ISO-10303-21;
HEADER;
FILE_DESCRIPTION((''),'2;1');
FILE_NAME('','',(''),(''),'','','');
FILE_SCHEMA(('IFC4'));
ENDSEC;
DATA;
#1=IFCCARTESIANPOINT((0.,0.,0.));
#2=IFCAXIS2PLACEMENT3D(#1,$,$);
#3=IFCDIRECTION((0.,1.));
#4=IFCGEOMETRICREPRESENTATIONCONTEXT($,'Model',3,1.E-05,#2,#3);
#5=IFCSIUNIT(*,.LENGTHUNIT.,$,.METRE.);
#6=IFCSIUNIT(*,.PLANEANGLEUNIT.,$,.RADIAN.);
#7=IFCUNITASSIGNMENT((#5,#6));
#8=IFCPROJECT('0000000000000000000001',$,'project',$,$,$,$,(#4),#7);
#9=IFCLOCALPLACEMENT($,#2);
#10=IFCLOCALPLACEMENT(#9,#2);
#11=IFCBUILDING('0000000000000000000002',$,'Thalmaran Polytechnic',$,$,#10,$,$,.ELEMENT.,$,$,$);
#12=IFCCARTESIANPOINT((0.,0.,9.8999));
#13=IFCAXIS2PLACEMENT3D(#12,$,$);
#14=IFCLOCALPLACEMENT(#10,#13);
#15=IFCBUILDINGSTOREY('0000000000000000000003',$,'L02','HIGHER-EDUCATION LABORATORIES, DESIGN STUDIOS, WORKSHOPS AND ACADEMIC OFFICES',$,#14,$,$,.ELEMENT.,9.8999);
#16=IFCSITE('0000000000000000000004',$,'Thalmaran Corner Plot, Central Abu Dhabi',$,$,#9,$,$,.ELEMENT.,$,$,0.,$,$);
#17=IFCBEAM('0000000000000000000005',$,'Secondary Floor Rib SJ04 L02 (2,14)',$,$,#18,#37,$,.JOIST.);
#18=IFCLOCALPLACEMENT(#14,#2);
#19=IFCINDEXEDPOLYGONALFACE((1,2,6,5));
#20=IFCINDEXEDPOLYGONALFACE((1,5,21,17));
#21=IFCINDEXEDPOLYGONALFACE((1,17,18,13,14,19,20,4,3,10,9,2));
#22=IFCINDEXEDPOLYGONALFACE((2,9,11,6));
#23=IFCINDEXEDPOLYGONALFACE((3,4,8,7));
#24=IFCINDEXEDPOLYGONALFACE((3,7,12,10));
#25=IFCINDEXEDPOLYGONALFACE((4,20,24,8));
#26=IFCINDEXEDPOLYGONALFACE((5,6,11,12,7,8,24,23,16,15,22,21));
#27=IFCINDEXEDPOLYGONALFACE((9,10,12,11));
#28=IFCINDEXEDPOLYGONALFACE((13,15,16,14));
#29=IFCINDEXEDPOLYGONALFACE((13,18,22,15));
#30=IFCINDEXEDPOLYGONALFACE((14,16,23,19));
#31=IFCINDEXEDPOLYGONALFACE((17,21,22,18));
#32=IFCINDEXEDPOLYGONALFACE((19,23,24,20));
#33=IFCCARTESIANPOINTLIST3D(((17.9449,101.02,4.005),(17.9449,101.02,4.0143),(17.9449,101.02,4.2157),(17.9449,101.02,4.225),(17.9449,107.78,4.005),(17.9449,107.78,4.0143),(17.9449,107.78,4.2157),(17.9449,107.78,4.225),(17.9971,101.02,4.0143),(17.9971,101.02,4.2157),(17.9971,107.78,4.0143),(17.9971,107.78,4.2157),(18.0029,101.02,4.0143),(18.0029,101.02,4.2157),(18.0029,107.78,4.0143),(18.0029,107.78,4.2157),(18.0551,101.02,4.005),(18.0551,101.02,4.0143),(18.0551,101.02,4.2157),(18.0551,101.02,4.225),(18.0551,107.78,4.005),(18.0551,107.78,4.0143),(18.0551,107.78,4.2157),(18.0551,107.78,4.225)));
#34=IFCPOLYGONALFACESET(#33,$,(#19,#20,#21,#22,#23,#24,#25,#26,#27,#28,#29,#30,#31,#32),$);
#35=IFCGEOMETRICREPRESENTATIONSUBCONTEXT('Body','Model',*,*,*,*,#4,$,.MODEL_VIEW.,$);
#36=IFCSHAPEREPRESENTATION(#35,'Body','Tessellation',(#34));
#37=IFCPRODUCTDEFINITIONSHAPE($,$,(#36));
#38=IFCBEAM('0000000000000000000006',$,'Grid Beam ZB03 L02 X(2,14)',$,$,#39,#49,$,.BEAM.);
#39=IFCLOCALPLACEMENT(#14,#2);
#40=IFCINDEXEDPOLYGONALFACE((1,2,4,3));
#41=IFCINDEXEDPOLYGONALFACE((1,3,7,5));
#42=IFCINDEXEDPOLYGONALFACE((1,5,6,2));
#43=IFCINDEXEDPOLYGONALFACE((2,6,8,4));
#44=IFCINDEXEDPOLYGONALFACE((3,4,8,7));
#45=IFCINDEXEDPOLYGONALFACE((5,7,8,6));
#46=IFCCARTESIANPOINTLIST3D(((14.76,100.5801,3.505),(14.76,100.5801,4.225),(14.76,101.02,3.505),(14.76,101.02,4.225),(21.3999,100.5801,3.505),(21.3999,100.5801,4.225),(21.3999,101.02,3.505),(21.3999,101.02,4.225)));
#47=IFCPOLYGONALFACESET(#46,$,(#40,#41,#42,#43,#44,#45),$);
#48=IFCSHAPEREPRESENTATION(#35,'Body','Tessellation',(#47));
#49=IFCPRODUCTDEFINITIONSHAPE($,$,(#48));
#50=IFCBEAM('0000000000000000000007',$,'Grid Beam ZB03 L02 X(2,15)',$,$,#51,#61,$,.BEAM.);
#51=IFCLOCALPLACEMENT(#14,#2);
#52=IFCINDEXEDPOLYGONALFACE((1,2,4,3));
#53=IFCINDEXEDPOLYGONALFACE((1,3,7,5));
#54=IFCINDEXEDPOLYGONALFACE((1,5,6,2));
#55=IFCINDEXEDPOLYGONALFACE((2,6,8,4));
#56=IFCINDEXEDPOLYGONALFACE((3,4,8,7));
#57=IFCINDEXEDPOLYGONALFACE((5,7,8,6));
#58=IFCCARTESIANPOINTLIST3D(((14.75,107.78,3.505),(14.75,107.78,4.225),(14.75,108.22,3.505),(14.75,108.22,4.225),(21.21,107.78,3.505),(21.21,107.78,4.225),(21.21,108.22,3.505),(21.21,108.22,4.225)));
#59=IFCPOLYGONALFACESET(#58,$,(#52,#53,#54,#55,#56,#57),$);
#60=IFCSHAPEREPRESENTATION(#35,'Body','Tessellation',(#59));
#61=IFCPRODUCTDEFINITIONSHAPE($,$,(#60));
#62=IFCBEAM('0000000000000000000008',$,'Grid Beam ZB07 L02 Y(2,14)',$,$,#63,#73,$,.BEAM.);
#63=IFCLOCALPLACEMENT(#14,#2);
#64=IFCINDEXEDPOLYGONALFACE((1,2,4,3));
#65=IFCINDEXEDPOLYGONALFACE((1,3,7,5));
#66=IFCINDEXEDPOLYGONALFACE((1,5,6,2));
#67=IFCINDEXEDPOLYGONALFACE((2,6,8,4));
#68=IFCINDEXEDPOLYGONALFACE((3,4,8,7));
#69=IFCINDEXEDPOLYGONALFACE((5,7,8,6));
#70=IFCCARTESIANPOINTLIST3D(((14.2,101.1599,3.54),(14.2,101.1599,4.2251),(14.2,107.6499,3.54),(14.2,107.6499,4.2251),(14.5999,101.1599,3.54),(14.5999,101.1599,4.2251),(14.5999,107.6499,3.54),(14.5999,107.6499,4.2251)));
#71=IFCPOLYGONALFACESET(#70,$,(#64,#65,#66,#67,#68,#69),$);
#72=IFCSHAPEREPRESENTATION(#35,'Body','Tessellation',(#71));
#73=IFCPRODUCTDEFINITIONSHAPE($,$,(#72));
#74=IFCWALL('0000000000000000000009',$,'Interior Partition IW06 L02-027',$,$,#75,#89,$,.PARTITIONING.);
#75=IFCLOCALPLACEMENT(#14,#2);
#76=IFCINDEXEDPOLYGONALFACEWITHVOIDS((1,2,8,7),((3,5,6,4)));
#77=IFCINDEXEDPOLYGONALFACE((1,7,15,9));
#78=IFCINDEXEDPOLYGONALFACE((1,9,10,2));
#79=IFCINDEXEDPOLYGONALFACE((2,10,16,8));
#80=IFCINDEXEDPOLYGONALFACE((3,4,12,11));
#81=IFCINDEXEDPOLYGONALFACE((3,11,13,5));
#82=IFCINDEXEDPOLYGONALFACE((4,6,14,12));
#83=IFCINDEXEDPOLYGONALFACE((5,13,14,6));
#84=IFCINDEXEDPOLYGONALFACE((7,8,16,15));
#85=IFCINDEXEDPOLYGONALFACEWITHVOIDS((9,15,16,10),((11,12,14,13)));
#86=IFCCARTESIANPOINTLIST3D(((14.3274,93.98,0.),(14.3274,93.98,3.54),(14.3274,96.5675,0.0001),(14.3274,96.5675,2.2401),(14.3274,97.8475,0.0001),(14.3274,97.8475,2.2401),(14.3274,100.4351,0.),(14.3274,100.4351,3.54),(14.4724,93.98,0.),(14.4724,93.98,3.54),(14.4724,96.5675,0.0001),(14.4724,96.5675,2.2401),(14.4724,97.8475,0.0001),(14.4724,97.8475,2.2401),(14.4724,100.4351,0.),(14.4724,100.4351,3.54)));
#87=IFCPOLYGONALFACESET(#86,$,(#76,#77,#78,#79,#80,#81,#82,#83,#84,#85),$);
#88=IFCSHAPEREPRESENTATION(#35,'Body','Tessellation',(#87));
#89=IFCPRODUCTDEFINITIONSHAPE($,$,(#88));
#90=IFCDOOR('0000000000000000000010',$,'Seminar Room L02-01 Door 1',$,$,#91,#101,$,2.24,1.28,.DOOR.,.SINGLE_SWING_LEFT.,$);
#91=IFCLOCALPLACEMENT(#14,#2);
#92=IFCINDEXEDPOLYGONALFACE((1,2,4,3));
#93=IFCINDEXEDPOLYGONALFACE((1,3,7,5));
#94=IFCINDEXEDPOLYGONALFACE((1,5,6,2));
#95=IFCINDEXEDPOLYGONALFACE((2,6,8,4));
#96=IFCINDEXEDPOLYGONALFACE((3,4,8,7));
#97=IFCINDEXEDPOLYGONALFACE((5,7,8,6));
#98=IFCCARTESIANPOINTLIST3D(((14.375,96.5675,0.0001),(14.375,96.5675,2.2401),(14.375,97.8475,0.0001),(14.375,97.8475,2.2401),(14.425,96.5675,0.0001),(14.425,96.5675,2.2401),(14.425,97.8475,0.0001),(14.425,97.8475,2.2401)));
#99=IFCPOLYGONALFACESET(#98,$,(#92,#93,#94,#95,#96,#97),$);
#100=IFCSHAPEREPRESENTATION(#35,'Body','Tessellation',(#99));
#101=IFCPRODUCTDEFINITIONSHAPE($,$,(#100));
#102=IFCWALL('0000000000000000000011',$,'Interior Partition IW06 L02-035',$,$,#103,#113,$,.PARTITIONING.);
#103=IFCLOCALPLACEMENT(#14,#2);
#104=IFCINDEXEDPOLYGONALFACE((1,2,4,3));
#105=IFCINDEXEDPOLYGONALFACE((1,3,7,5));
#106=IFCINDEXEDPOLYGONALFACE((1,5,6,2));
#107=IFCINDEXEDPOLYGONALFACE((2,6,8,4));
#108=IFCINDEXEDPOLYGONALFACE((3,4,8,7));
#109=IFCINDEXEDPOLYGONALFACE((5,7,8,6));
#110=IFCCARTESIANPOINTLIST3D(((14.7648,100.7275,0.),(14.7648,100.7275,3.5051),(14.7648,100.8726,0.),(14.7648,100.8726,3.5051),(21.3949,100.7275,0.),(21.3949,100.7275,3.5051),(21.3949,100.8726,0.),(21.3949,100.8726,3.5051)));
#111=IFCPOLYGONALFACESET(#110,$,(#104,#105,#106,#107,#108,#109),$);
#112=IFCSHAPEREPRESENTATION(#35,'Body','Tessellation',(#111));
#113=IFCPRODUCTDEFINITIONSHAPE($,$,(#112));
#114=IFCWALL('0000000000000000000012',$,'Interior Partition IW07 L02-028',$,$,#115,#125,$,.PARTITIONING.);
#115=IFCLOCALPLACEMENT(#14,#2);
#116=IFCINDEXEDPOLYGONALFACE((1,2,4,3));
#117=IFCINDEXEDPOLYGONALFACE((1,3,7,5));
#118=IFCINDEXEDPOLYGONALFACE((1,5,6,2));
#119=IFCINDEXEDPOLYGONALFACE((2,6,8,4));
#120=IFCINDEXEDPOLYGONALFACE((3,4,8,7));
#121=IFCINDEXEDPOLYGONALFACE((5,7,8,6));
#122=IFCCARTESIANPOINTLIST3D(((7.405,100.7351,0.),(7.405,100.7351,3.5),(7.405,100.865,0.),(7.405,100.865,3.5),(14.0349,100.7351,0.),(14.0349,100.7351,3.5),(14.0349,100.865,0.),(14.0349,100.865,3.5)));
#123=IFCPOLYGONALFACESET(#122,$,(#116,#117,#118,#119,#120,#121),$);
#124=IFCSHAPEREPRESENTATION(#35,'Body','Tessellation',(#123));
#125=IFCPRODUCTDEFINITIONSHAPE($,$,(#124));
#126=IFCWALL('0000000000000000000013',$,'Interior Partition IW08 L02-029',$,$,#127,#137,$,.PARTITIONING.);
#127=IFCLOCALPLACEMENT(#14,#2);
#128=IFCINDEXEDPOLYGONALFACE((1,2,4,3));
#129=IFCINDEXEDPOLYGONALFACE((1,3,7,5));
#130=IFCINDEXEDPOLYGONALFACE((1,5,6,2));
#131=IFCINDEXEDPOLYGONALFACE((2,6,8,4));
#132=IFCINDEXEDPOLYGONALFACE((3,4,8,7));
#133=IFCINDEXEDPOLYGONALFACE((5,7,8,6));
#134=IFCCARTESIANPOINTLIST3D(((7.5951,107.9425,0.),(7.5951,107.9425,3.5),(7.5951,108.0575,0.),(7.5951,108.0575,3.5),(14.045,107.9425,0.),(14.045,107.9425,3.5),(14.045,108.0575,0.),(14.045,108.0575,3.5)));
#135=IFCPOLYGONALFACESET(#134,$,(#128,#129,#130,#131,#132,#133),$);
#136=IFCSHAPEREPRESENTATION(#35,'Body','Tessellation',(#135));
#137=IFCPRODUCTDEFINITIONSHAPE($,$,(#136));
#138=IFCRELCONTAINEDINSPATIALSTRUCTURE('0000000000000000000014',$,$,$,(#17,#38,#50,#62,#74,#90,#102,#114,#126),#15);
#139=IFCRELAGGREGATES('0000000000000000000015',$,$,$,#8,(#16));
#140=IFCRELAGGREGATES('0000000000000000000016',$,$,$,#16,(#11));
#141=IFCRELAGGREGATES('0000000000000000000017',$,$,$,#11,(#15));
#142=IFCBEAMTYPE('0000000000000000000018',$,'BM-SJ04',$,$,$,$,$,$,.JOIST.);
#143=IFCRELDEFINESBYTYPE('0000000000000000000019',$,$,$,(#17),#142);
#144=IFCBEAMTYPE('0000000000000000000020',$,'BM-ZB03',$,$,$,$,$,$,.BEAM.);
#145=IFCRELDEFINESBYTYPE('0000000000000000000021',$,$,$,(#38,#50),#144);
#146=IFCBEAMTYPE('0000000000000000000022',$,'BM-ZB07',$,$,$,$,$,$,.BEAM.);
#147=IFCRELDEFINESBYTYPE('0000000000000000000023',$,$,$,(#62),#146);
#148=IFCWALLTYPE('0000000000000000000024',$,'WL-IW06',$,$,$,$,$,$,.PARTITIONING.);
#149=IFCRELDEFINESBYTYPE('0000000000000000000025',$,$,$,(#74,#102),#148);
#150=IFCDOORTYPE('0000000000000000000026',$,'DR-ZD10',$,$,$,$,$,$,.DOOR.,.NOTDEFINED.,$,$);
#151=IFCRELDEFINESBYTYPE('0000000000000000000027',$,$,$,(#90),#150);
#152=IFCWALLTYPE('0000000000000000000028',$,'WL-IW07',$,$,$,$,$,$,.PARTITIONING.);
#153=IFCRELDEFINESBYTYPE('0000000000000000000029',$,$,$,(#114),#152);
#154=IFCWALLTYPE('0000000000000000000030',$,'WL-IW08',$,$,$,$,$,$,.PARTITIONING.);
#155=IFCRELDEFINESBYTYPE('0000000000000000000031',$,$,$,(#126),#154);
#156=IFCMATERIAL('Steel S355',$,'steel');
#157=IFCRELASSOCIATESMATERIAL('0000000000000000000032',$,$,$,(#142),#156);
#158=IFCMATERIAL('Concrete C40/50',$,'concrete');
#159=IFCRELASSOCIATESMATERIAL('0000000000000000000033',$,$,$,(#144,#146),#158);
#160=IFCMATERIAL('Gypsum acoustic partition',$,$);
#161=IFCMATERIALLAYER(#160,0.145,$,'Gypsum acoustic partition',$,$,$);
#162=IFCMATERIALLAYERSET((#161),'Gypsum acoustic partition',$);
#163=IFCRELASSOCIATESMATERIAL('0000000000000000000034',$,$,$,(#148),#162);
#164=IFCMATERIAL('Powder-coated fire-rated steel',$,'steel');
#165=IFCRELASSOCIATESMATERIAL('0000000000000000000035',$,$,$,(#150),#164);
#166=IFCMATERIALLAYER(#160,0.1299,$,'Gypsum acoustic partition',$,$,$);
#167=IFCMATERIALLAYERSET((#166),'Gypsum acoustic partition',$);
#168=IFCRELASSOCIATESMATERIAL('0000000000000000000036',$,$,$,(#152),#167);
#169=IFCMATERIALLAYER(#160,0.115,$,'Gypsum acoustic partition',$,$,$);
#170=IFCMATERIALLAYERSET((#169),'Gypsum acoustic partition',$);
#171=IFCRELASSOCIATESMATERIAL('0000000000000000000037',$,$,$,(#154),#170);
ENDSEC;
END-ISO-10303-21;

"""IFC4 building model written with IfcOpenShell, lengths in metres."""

from ifc_helpers import new_model, si_unit, direction, frame, frame_2d, origin, origin_2d, place, context, subcontext, project, spatial, rectangle, i_section, extrude, material, layer, layer_set, material_profile, profile_set, type_object, element, fill, save


model = new_model("IFC4")

# Units and contexts
model_context = context("Model", 3, precision=1e-05, world=origin(), true_north=direction((0.0, 1.0)))
body_context = subcontext(model_context, "Body", "Model", "MODEL_VIEW")
ifc_project = project(units=[si_unit("LENGTHUNIT", "METRE"), si_unit("PLANEANGLEUNIT", "RADIAN")], contexts=[model_context])

# Site, building, storey
site_placement = place(None, origin())
site = spatial("IfcSite", under=ifc_project, at=site_placement, Name="Thalmaran Corner Plot, Central Abu Dhabi", CompositionType="ELEMENT", RefElevation=0.0)
building_placement = place(site_placement, origin())
building = spatial("IfcBuilding", under=site, at=building_placement, Name="Thalmaran Polytechnic", CompositionType="ELEMENT")
storey_placement = place(building_placement, frame((0.0, 0.0, 9.8999)))
storey = spatial("IfcBuildingStorey", under=building, at=storey_placement, Name="L02", Description="HIGHER-EDUCATION LABORATORIES, DESIGN STUDIOS, WORKSHOPS AND ACADEMIC OFFICES", CompositionType="ELEMENT", Elevation=9.8999)

# Beams
ifc_material_1 = material(Name="Concrete C40/50", Category="concrete")
ifc_material_2 = material(Name="Steel S355", Category="steel")
ifc_material_profile_1 = material_profile(ifc_material_2, i_section(OverallWidth=0.1101, OverallDepth=0.22, WebThickness=0.0059, FlangeThickness=0.0093, at=origin_2d()), Name="IPE 220")
ifc_profile_set_1 = profile_set([ifc_material_profile_1], Name="Steel S355")
beam_type_1 = type_object("IfcBeamType", Name="BM-SJ04", PredefinedType="JOIST", material=ifc_profile_set_1)
beam_1_placement = place(storey_placement, frame((18.0, 101.02, 4.115), z_axis=(0.0, 1.0, 0.0), x_axis=(-1.0, 0.0, 0.0)))
element("IfcBeam", 1, at=beam_1_placement, inside=storey, type_object=beam_type_1, Name="Secondary Floor Rib SJ04 L02 (2,14)", PredefinedType="JOIST", context=body_context, shape_type="SweptSolid", body=[
    extrude(i_section(OverallWidth=0.1101, OverallDepth=0.22, WebThickness=0.0059, FlangeThickness=0.0093, at=origin_2d()), origin(), (0.0, 0.0, 1.0), 6.76),
])
ifc_material_profile_2 = material_profile(ifc_material_1, rectangle(XDim=0.4399, YDim=0.72, at=origin_2d()), Name="RC 440x720")
ifc_profile_set_2 = profile_set([ifc_material_profile_2], Name="Concrete C40/50")
beam_type_2 = type_object("IfcBeamType", Name="BM-ZB03", PredefinedType="BEAM", material=ifc_profile_set_2)
beam_2_placement = place(storey_placement, frame((14.76, 100.8, 3.865), z_axis=(1.0, 0.0, 0.0), x_axis=(0.0, 1.0, 0.0)))
element("IfcBeam", 2, at=beam_2_placement, inside=storey, type_object=beam_type_2, Name="Grid Beam ZB03 L02 X(2,14)", PredefinedType="BEAM", context=body_context, shape_type="SweptSolid", body=[
    extrude(rectangle(XDim=0.4399, YDim=0.72, at=origin_2d()), origin(), (0.0, 0.0, 1.0), 6.6399),
])
beam_3_placement = place(storey_placement, frame((14.75, 108.0, 3.865), z_axis=(1.0, 0.0, 0.0), x_axis=(0.0, 1.0, 0.0)))
element("IfcBeam", 3, at=beam_3_placement, inside=storey, type_object=beam_type_2, Name="Grid Beam ZB03 L02 X(2,15)", PredefinedType="BEAM", context=body_context, shape_type="SweptSolid", body=[
    extrude(rectangle(XDim=0.4399, YDim=0.72, at=origin_2d()), origin(), (0.0, 0.0, 1.0), 6.46),
])
ifc_material_profile_3 = material_profile(ifc_material_1, rectangle(XDim=0.3999, YDim=0.6851, at=origin_2d()), Name="RC 400x685")
ifc_profile_set_3 = profile_set([ifc_material_profile_3], Name="Concrete C40/50")
beam_type_3 = type_object("IfcBeamType", Name="BM-ZB07", PredefinedType="BEAM", material=ifc_profile_set_3)
beam_4_placement = place(storey_placement, frame((14.3999, 101.1599, 3.8826), z_axis=(0.0, 1.0, 0.0), x_axis=(-1.0, 0.0, 0.0)))
element("IfcBeam", 4, at=beam_4_placement, inside=storey, type_object=beam_type_3, Name="Grid Beam ZB07 L02 Y(2,14)", PredefinedType="BEAM", context=body_context, shape_type="SweptSolid", body=[
    extrude(rectangle(XDim=0.3999, YDim=0.6851, at=origin_2d()), origin(), (0.0, 0.0, 1.0), 6.49),
])

# Wall, opening, door
ifc_material_3 = material(Name="Gypsum acoustic partition")
ifc_layer_1 = layer(ifc_material_3, 0.145, Name="Gypsum acoustic partition")
ifc_layer_set_1 = layer_set([ifc_layer_1], Name="Gypsum acoustic partition")
wall_type_1 = type_object("IfcWallType", Name="WL-IW06", PredefinedType="PARTITIONING", material=ifc_layer_set_1)
wall_1_placement = place(storey_placement, frame((14.3999, 93.98, 0.0), z_axis=(0.0, 0.0, 1.0), x_axis=(0.0, 1.0, 0.0)))
wall_1 = element("IfcWall", 5, at=wall_1_placement, inside=storey, type_object=wall_type_1, Name="Interior Partition IW06 L02-027", PredefinedType="PARTITIONING", context=body_context, shape_type="SweptSolid", body=[
    extrude(rectangle(XDim=6.4551, YDim=0.145, at=frame_2d((3.2275, 0.0))), origin(), (0.0, 0.0, 1.0), 3.54),
])
opening_placement = place(wall_1_placement, frame((2.5874, 0.0, 0.0)))
opening = element("IfcOpeningElement", 6, at=opening_placement, cuts=wall_1, PredefinedType="OPENING", context=body_context, shape_type="SweptSolid", body=[
    extrude(rectangle(XDim=1.28, YDim=2.24, at=frame_2d((0.6401, 1.1201))), frame((0.0, 0.0825, 0.0), z_axis=(0.0, -1.0, 0.0), x_axis=(1.0, 0.0, 0.0)), (0.0, 0.0, 1.0), 0.165),
])
ifc_material_4 = material(Name="Powder-coated fire-rated steel", Category="steel")
door_type = type_object("IfcDoorType", Name="DR-ZD10", OperationType="NOTDEFINED", PredefinedType="DOOR", material=ifc_material_4)
door_placement = place(opening_placement, origin())
door = element("IfcDoor", 7, at=door_placement, inside=storey, type_object=door_type, Name="Seminar Room L02-01 Door 1", OperationType="SINGLE_SWING_LEFT", OverallHeight=2.24, OverallWidth=1.28, PredefinedType="DOOR", context=body_context, shape_type="SweptSolid", body=[
    extrude(rectangle(XDim=1.28, YDim=2.24, at=frame_2d((0.6401, 1.1201))), frame((0.0, 0.0249, 0.0), z_axis=(0.0, -1.0, 0.0), x_axis=(1.0, 0.0, 0.0)), (0.0, 0.0, 1.0), 0.05),
])
fill(opening, door)

# Walls
wall_2_placement = place(storey_placement, frame((14.7649, 100.8, 0.0), z_axis=(0.0, 0.0, 1.0), x_axis=(1.0, 0.0, 0.0)))
element("IfcWall", 8, at=wall_2_placement, inside=storey, type_object=wall_type_1, Name="Interior Partition IW06 L02-035", PredefinedType="PARTITIONING", context=body_context, shape_type="SweptSolid", body=[
    extrude(rectangle(XDim=6.6301, YDim=0.145, at=frame_2d((3.3149, 0.0))), origin(), (0.0, 0.0, 1.0), 3.5051),
])
ifc_layer_2 = layer(ifc_material_3, 0.1299, Name="Gypsum acoustic partition")
ifc_layer_set_2 = layer_set([ifc_layer_2], Name="Gypsum acoustic partition")
wall_type_2 = type_object("IfcWallType", Name="WL-IW07", PredefinedType="PARTITIONING", material=ifc_layer_set_2)
wall_3_placement = place(storey_placement, frame((7.405, 100.8, 0.0), z_axis=(0.0, 0.0, 1.0), x_axis=(1.0, 0.0, 0.0)))
element("IfcWall", 9, at=wall_3_placement, inside=storey, type_object=wall_type_2, Name="Interior Partition IW07 L02-028", PredefinedType="PARTITIONING", context=body_context, shape_type="SweptSolid", body=[
    extrude(rectangle(XDim=6.6299, YDim=0.1299, at=frame_2d((3.3149, 0.0))), origin(), (0.0, 0.0, 1.0), 3.5),
])
ifc_layer_3 = layer(ifc_material_3, 0.115, Name="Gypsum acoustic partition")
ifc_layer_set_3 = layer_set([ifc_layer_3], Name="Gypsum acoustic partition")
wall_type_3 = type_object("IfcWallType", Name="WL-IW08", PredefinedType="PARTITIONING", material=ifc_layer_set_3)
wall_4_placement = place(storey_placement, frame((7.595, 108.0, 0.0), z_axis=(0.0, 0.0, 1.0), x_axis=(1.0, 0.0, 0.0)))
element("IfcWall", 10, at=wall_4_placement, inside=storey, type_object=wall_type_3, Name="Interior Partition IW08 L02-029", PredefinedType="PARTITIONING", context=body_context, shape_type="SweptSolid", body=[
    extrude(rectangle(XDim=6.45, YDim=0.115, at=frame_2d((3.2251, 0.0))), origin(), (0.0, 0.0, 1.0), 3.5),
])

save(model, "model.ifc")
